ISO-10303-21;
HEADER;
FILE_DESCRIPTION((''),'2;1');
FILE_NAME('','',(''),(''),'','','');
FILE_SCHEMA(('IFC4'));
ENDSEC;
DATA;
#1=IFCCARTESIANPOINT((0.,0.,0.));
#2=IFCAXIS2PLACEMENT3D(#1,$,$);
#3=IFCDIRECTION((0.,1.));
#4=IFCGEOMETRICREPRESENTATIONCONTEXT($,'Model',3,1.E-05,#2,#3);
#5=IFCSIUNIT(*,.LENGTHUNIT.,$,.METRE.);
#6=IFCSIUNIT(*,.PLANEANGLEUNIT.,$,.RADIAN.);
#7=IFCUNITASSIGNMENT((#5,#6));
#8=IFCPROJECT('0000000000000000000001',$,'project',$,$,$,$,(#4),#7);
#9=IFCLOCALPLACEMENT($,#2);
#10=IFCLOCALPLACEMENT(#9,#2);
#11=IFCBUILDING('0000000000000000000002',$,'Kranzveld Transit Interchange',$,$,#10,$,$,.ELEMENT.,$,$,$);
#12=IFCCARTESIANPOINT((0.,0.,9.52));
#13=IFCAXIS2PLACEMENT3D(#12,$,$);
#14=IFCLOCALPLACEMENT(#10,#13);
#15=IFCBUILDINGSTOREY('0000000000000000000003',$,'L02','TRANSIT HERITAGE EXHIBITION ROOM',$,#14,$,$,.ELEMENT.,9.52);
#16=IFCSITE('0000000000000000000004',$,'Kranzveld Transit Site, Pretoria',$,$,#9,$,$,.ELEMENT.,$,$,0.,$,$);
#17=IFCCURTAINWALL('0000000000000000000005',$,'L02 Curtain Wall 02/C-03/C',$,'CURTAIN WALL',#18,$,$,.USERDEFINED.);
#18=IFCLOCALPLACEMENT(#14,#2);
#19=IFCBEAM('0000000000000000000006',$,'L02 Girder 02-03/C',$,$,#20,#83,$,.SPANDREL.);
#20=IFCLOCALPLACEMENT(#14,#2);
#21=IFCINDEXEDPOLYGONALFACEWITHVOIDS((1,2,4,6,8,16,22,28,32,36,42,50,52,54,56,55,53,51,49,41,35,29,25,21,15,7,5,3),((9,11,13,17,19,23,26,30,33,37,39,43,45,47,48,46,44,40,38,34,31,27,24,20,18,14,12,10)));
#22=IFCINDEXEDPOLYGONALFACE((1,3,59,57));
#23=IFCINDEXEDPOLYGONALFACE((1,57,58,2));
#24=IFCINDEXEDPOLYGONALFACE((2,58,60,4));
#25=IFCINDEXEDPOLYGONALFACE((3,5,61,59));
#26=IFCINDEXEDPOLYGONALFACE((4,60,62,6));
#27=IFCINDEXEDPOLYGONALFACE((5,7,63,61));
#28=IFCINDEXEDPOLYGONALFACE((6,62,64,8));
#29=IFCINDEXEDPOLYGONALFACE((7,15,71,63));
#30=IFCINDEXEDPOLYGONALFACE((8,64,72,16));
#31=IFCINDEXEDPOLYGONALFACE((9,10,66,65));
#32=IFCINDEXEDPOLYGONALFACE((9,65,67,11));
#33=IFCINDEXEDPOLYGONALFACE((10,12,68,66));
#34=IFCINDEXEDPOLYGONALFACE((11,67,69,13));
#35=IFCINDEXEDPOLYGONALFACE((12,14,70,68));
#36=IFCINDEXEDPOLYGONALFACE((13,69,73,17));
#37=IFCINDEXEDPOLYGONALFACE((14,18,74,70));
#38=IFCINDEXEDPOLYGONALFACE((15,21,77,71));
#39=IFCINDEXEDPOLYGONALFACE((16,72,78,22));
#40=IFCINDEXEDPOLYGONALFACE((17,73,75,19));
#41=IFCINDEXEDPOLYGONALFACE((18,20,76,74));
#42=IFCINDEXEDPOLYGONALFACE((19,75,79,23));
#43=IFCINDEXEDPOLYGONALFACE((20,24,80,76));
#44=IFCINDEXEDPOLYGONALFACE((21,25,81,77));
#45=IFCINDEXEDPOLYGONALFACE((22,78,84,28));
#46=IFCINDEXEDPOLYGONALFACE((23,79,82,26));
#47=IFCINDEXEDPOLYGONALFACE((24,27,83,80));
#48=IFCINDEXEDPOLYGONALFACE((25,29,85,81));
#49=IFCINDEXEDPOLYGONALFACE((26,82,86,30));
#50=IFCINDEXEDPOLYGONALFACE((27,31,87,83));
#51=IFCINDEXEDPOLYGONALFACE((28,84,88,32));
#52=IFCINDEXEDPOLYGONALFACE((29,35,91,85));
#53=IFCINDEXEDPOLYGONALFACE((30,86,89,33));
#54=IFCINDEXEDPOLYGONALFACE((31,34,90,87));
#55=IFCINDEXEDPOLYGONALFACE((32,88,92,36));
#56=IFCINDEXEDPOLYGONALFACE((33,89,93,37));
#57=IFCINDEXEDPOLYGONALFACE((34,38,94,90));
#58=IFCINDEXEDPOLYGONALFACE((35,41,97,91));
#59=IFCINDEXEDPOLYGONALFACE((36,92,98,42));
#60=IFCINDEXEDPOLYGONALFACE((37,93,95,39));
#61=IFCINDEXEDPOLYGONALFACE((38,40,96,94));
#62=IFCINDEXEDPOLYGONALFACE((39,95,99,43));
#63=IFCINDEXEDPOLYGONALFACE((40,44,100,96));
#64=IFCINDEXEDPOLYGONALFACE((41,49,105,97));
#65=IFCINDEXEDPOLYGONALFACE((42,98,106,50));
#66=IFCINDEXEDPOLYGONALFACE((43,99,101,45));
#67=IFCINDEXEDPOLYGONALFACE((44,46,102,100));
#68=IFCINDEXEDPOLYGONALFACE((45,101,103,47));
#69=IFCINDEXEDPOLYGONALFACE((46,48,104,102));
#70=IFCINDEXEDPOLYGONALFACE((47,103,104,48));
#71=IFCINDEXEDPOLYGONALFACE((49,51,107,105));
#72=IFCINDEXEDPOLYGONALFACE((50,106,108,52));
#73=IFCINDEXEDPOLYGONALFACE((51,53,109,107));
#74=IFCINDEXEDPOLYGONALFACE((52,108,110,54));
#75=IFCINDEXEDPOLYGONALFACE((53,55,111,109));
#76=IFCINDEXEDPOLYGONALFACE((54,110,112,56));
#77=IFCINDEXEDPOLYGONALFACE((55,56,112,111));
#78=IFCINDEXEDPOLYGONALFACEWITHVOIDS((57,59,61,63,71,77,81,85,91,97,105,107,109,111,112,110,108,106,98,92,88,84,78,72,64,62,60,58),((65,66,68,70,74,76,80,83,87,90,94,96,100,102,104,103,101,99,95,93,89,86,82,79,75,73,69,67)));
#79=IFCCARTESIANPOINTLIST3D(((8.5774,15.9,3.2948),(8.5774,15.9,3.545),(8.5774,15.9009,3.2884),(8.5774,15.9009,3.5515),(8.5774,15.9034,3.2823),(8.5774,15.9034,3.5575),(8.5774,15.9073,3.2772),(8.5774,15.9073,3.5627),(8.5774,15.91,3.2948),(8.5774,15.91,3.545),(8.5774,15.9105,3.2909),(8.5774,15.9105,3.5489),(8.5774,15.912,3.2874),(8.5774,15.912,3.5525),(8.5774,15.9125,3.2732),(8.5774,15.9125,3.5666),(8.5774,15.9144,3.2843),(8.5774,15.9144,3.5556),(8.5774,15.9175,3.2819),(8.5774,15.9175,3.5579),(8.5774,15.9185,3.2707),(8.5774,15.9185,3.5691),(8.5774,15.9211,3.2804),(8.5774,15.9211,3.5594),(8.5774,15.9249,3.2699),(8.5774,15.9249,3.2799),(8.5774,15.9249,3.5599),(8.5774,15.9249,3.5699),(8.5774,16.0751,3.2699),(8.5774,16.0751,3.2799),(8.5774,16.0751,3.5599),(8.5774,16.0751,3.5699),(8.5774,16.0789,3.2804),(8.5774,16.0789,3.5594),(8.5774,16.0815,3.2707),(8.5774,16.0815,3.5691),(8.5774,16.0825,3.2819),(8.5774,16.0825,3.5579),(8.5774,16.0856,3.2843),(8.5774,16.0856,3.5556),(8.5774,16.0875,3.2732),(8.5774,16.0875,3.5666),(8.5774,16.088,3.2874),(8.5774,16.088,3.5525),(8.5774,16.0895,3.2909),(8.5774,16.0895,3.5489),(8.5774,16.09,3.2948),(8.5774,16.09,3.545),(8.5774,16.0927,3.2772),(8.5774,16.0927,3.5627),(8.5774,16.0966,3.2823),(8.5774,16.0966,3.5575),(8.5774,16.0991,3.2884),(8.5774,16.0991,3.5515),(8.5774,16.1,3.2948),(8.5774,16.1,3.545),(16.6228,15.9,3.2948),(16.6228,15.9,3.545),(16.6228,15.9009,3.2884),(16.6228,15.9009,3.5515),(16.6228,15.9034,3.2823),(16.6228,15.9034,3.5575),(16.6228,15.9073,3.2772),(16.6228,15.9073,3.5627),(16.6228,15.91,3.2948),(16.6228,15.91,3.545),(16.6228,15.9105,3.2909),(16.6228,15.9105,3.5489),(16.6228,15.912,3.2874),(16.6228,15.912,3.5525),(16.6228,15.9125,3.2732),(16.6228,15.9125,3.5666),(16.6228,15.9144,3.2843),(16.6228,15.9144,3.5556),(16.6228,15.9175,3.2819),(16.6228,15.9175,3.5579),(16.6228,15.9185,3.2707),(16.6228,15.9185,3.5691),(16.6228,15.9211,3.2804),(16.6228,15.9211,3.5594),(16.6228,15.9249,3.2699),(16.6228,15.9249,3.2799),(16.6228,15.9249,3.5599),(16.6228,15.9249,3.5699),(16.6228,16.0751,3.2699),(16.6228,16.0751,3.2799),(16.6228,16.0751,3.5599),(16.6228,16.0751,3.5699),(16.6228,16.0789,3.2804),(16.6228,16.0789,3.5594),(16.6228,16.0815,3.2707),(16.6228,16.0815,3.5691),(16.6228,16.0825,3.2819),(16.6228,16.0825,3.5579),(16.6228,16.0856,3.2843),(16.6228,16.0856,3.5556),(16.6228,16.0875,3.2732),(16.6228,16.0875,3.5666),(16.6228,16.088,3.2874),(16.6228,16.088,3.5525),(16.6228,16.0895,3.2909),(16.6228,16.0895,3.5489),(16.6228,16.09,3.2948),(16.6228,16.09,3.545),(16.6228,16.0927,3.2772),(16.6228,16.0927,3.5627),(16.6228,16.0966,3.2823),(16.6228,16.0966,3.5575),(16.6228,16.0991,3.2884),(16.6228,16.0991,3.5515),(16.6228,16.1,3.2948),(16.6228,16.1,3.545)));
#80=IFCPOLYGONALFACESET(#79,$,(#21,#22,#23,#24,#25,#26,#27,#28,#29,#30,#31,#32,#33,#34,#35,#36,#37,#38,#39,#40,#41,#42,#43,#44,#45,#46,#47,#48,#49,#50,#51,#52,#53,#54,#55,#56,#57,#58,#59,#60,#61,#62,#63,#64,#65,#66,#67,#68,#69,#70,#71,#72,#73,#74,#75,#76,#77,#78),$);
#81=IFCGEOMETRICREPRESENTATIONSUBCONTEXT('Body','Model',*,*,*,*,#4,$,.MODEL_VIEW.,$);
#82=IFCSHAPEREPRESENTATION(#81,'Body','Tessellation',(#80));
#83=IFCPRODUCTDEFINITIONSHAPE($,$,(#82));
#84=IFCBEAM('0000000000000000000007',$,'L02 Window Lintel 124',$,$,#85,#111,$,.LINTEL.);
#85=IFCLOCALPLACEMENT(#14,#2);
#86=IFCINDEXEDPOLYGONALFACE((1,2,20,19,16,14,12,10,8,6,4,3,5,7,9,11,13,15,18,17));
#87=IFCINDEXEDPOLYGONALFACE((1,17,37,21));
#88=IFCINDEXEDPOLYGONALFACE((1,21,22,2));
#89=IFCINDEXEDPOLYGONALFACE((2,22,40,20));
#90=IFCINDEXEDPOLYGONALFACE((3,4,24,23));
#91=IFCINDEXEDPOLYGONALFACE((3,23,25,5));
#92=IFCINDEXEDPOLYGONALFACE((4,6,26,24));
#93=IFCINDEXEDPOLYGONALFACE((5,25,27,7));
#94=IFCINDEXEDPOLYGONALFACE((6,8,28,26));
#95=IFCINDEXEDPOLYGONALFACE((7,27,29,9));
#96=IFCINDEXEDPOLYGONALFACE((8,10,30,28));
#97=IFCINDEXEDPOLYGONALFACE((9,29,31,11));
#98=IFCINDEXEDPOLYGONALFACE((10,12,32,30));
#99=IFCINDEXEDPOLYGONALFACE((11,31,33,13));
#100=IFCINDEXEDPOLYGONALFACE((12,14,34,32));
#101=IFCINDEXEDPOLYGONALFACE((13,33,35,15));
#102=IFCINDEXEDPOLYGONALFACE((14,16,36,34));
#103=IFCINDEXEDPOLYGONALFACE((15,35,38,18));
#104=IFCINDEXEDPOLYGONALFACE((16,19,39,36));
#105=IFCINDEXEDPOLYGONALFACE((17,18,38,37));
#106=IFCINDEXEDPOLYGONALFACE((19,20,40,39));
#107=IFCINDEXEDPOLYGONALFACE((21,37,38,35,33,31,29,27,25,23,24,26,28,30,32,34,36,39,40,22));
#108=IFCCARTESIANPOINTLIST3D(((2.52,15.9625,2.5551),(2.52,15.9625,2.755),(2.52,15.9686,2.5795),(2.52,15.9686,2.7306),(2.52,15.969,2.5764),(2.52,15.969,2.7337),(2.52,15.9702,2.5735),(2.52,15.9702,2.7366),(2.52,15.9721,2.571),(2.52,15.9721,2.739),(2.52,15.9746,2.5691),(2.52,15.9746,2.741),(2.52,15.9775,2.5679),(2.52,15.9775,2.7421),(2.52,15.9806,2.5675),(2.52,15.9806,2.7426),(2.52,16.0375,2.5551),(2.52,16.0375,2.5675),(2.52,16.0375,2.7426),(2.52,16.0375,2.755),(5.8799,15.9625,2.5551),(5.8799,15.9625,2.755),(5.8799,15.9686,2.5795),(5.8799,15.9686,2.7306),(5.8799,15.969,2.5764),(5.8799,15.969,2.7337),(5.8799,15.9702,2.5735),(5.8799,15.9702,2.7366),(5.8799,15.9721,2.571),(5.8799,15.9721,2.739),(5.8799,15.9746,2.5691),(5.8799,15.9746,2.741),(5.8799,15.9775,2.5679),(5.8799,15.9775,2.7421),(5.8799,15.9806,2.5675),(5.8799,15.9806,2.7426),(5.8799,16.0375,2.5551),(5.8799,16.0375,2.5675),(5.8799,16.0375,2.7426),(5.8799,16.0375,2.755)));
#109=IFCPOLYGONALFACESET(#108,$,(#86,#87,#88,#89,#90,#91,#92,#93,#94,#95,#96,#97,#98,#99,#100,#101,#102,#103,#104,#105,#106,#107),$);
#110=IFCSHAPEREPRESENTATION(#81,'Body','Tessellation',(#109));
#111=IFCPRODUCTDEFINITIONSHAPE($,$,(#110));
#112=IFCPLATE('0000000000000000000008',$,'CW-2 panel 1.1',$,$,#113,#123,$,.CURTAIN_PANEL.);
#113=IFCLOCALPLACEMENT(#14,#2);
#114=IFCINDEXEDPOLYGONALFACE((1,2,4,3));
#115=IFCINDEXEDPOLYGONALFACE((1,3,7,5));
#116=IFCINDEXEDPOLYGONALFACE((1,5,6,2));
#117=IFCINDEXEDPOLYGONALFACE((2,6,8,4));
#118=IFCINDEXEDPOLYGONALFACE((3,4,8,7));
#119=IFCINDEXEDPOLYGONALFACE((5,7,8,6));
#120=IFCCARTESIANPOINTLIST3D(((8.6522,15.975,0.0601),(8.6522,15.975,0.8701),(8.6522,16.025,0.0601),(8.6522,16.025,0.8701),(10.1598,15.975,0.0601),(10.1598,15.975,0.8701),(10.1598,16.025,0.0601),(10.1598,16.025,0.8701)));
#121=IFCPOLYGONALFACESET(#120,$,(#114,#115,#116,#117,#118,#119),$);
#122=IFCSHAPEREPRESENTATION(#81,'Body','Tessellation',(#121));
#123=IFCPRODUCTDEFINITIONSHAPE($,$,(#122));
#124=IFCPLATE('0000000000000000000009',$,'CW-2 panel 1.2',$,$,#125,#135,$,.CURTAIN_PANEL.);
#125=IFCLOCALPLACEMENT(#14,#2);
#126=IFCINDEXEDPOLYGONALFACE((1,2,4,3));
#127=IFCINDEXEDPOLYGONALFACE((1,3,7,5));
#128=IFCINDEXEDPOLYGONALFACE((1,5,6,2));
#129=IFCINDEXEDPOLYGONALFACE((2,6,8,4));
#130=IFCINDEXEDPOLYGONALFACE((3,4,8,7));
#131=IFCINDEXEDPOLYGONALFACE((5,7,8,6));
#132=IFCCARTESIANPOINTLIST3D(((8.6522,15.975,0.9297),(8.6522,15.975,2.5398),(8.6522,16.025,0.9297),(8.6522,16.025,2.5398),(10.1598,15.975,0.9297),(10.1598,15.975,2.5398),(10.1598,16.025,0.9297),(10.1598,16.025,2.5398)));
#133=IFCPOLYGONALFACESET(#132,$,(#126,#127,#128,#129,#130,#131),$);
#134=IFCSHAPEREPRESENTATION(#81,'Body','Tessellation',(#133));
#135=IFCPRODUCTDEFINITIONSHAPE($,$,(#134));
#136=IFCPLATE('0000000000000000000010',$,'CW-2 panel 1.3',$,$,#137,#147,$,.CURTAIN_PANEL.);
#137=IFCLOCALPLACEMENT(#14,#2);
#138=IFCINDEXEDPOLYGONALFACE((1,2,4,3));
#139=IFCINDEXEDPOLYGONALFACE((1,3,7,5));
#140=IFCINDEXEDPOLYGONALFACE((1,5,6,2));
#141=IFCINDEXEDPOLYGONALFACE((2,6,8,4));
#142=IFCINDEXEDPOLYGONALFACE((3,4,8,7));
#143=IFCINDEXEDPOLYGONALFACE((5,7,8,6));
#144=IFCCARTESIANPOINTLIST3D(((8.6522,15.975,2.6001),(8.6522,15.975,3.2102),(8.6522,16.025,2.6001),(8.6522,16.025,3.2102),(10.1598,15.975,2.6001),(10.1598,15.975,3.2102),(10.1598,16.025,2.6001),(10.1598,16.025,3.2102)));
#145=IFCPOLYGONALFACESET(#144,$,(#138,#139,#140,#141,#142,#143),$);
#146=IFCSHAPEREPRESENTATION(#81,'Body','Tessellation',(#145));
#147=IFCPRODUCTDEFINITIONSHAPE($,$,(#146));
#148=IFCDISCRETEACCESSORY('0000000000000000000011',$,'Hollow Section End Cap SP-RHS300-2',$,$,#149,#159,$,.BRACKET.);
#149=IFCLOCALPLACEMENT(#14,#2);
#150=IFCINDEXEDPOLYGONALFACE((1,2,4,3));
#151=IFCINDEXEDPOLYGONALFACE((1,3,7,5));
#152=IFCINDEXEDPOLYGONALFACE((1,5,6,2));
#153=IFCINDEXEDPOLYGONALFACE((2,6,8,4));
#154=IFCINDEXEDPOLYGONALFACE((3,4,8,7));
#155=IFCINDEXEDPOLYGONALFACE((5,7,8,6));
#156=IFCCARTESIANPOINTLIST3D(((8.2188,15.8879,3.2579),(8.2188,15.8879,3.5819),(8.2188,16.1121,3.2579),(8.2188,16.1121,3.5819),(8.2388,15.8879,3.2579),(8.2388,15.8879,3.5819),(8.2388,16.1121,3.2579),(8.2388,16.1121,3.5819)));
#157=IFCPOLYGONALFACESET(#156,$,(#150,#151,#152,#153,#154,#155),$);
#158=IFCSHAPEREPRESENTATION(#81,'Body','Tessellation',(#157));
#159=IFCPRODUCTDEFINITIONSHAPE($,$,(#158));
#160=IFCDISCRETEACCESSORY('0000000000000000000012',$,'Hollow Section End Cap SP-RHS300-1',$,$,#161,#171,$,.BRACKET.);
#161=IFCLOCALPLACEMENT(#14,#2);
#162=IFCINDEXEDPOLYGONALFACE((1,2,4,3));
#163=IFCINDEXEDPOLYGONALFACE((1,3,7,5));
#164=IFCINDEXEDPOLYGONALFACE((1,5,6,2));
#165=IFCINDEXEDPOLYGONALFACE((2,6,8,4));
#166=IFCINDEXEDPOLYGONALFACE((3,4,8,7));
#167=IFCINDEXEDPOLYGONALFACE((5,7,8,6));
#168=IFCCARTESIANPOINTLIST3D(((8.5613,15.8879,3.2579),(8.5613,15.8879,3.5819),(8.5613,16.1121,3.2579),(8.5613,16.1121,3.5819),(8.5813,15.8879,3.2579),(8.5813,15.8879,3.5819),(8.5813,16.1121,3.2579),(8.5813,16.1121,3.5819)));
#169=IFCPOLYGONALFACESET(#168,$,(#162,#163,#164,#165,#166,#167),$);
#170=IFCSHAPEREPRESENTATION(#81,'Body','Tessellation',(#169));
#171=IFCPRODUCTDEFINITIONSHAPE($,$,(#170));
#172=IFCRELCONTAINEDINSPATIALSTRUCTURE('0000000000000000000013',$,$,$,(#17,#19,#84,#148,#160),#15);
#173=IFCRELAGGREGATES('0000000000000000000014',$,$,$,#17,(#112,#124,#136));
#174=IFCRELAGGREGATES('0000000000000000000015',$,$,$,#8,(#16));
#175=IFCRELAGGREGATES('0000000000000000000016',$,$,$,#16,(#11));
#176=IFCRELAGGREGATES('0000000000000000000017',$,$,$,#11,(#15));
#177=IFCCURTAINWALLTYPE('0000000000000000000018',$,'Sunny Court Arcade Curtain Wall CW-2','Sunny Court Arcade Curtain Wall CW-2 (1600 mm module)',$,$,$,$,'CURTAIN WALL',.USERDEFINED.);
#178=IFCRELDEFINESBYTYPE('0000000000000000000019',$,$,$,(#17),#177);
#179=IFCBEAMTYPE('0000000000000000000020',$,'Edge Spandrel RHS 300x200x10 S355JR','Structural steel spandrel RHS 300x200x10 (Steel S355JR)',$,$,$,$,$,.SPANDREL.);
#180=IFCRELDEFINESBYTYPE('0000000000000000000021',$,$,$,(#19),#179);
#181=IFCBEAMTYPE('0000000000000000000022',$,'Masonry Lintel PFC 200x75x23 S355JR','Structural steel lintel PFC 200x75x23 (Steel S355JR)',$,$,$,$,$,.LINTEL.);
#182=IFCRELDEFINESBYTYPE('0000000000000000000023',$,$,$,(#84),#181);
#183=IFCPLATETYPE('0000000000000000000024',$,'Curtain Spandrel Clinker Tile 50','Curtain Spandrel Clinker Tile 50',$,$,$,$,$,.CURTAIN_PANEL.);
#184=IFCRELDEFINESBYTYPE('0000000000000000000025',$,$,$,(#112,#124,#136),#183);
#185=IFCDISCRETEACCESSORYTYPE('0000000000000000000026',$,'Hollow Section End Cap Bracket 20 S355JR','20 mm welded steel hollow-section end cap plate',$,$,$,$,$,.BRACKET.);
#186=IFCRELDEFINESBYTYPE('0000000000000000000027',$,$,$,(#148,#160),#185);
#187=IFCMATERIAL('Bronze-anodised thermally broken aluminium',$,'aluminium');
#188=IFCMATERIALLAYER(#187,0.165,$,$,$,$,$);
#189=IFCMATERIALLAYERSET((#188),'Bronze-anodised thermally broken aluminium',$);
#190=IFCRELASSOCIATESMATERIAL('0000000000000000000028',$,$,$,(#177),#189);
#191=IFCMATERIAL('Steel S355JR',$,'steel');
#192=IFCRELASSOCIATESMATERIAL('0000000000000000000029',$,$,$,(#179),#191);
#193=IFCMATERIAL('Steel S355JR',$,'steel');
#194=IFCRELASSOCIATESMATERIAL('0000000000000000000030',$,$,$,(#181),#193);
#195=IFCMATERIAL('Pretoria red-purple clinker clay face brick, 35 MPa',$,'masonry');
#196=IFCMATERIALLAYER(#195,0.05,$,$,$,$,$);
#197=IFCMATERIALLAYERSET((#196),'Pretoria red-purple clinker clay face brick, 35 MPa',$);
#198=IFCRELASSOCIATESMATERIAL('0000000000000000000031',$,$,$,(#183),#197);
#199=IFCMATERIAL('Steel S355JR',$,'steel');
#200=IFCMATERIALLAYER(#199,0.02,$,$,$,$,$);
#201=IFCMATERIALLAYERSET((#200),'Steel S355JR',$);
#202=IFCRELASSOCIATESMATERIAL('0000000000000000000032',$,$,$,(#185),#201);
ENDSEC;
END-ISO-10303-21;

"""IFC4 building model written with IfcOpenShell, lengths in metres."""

from ifc_helpers import new_model, si_unit, direction, frame, origin, origin_2d, place, context, subcontext, project, spatial, rectangle, hollow_rectangle, u_section, extrude, material, layer, layer_set, material_profile, profile_set, type_object, element, aggregate, save


model = new_model("IFC4")

# Units and contexts
model_context = context("Model", 3, precision=1e-05, world=origin(), true_north=direction((0.0, 1.0)))
body_context = subcontext(model_context, "Body", "Model", "MODEL_VIEW")
ifc_project = project(units=[si_unit("LENGTHUNIT", "METRE"), si_unit("PLANEANGLEUNIT", "RADIAN")], contexts=[model_context])

# Site, building, storey
site_placement = place(None, origin())
site = spatial("IfcSite", under=ifc_project, at=site_placement, Name="Kranzveld Transit Site, Pretoria", CompositionType="ELEMENT", RefElevation=0.0)
building_placement = place(site_placement, origin())
building = spatial("IfcBuilding", under=site, at=building_placement, Name="Kranzveld Transit Interchange", CompositionType="ELEMENT")
storey_placement = place(building_placement, frame((0.0, 0.0, 9.52)))
storey = spatial("IfcBuildingStorey", under=building, at=storey_placement, Name="L02", Description="TRANSIT HERITAGE EXHIBITION ROOM", CompositionType="ELEMENT", Elevation=9.52)

# Curtain wall
ifc_material_1 = material(Name="Bronze-anodised thermally broken aluminium", Category="aluminium")
ifc_layer_1 = layer(ifc_material_1, 0.165)
ifc_layer_set_1 = layer_set([ifc_layer_1], Name="Bronze-anodised thermally broken aluminium")
curtain_wall_type = type_object("IfcCurtainWallType", Name="Sunny Court Arcade Curtain Wall CW-2", Description="Sunny Court Arcade Curtain Wall CW-2 (1600 mm module)", ElementType="CURTAIN WALL", PredefinedType="USERDEFINED", material=ifc_layer_set_1)
curtain_wall_placement = place(storey_placement, origin())
curtain_wall = element("IfcCurtainWall", 1, at=curtain_wall_placement, inside=storey, type_object=curtain_wall_type, Name="L02 Curtain Wall 02/C-03/C", ObjectType="CURTAIN WALL", PredefinedType="USERDEFINED")

# Beams
ifc_material_2 = material(Name="Steel S355JR", Category="steel")
ifc_material_profile_1 = material_profile(ifc_material_2, hollow_rectangle(XDim=0.2, YDim=0.3, WallThickness=0.01, InnerFilletRadius=0.0149, OuterFilletRadius=0.0249, at=origin_2d()), Name="RHS 300x200x10")
ifc_profile_set_1 = profile_set([ifc_material_profile_1], Name="Steel S355JR")
beam_type_1 = type_object("IfcBeamType", Name="Edge Spandrel RHS 300x200x10 S355JR", Description="Structural steel spandrel RHS 300x200x10 (Steel S355JR)", PredefinedType="SPANDREL", material=ifc_profile_set_1)
beam_1_placement = place(storey_placement, frame((8.5774, 16.0, 3.4199), z_axis=(1.0, 0.0, 0.0), x_axis=(0.0, 1.0, 0.0)))
element("IfcBeam", 2, at=beam_1_placement, inside=storey, type_object=beam_type_1, Name="L02 Girder 02-03/C", PredefinedType="SPANDREL", context=body_context, shape_type="SweptSolid", body=[
    extrude(hollow_rectangle(XDim=0.2, YDim=0.3, WallThickness=0.01, InnerFilletRadius=0.0149, OuterFilletRadius=0.0249, at=origin_2d()), origin(), (0.0, 0.0, 1.0), 8.0454),
])
ifc_material_3 = material(Name="Steel S355JR", Category="steel")
ifc_material_profile_2 = material_profile(ifc_material_3, u_section(Depth=0.2, FlangeWidth=0.075, WebThickness=0.0061, FlangeThickness=0.0125, FilletRadius=0.012, at=origin_2d()), Name="PFC 200x75x23")
ifc_profile_set_2 = profile_set([ifc_material_profile_2], Name="Steel S355JR")
beam_type_2 = type_object("IfcBeamType", Name="Masonry Lintel PFC 200x75x23 S355JR", Description="Structural steel lintel PFC 200x75x23 (Steel S355JR)", PredefinedType="LINTEL", material=ifc_profile_set_2)
beam_2_placement = place(storey_placement, frame((2.52, 16.0, 2.655), z_axis=(1.0, 0.0, 0.0), x_axis=(0.0, 1.0, 0.0)))
element("IfcBeam", 3, at=beam_2_placement, inside=storey, type_object=beam_type_2, Name="L02 Window Lintel 124", PredefinedType="LINTEL", context=body_context, shape_type="SweptSolid", body=[
    extrude(u_section(Depth=0.2, FlangeWidth=0.075, WebThickness=0.0061, FlangeThickness=0.0125, FilletRadius=0.012, at=origin_2d()), origin(), (0.0, 0.0, 1.0), 3.3599),
])

# Plates
ifc_material_4 = material(Name="Pretoria red-purple clinker clay face brick, 35 MPa", Category="masonry")
ifc_layer_2 = layer(ifc_material_4, 0.05)
ifc_layer_set_2 = layer_set([ifc_layer_2], Name="Pretoria red-purple clinker clay face brick, 35 MPa")
plate_type = type_object("IfcPlateType", Name="Curtain Spandrel Clinker Tile 50", Description="Curtain Spandrel Clinker Tile 50", PredefinedType="CURTAIN_PANEL", material=ifc_layer_set_2)
plate_1_placement = place(storey_placement, frame((9.406, 16.0, 0.0601), z_axis=(0.0, 0.0, 1.0), x_axis=(1.0, 0.0, 0.0)))
plate_1 = element("IfcPlate", 4, at=plate_1_placement, type_object=plate_type, Name="CW-2 panel 1.1", PredefinedType="CURTAIN_PANEL", context=body_context, shape_type="SweptSolid", body=[
    extrude(rectangle(XDim=1.5076, YDim=0.05, at=origin_2d()), origin(), (0.0, 0.0, 1.0), 0.8101),
])
plate_2_placement = place(storey_placement, frame((9.406, 16.0, 0.9297), z_axis=(0.0, 0.0, 1.0), x_axis=(1.0, 0.0, 0.0)))
plate_2 = element("IfcPlate", 5, at=plate_2_placement, type_object=plate_type, Name="CW-2 panel 1.2", PredefinedType="CURTAIN_PANEL", context=body_context, shape_type="SweptSolid", body=[
    extrude(rectangle(XDim=1.5076, YDim=0.05, at=origin_2d()), origin(), (0.0, 0.0, 1.0), 1.6101),
])
plate_3_placement = place(storey_placement, frame((9.406, 16.0, 2.6001), z_axis=(0.0, 0.0, 1.0), x_axis=(1.0, 0.0, 0.0)))
plate_3 = element("IfcPlate", 6, at=plate_3_placement, type_object=plate_type, Name="CW-2 panel 1.3", PredefinedType="CURTAIN_PANEL", context=body_context, shape_type="SweptSolid", body=[
    extrude(rectangle(XDim=1.5076, YDim=0.05, at=origin_2d()), origin(), (0.0, 0.0, 1.0), 0.6101),
])
aggregate(curtain_wall, [plate_1, plate_2, plate_3])

# Discrete accessories
ifc_material_5 = material(Name="Steel S355JR", Category="steel")
ifc_layer_3 = layer(ifc_material_5, 0.02)
ifc_layer_set_3 = layer_set([ifc_layer_3], Name="Steel S355JR")
discrete_accessory_type = type_object("IfcDiscreteAccessoryType", Name="Hollow Section End Cap Bracket 20 S355JR", Description="20 mm welded steel hollow-section end cap plate", PredefinedType="BRACKET", material=ifc_layer_set_3)
for number, where, z_axis, x_axis, name in (
    (7, (8.2188, 16.0, 3.4199), (1.0, 0.0, 0.0), (0.0, 1.0, 0.0), "Hollow Section End Cap SP-RHS300-2"),
    (8, (8.5813, 16.0, 3.4199), (-1.0, 0.0, 0.0), (0.0, -1.0, 0.0), "Hollow Section End Cap SP-RHS300-1"),
):
    element("IfcDiscreteAccessory", number, at=place(storey_placement, frame(where, z_axis=z_axis, x_axis=x_axis)), inside=storey, type_object=discrete_accessory_type, Name=name, PredefinedType="BRACKET", context=body_context, shape_type="SweptSolid", body=[
        extrude(rectangle(XDim=0.2241, YDim=0.324, at=origin_2d()), origin(), (0.0, 0.0, 1.0), 0.02),
    ])

save(model, "model.ifc")
